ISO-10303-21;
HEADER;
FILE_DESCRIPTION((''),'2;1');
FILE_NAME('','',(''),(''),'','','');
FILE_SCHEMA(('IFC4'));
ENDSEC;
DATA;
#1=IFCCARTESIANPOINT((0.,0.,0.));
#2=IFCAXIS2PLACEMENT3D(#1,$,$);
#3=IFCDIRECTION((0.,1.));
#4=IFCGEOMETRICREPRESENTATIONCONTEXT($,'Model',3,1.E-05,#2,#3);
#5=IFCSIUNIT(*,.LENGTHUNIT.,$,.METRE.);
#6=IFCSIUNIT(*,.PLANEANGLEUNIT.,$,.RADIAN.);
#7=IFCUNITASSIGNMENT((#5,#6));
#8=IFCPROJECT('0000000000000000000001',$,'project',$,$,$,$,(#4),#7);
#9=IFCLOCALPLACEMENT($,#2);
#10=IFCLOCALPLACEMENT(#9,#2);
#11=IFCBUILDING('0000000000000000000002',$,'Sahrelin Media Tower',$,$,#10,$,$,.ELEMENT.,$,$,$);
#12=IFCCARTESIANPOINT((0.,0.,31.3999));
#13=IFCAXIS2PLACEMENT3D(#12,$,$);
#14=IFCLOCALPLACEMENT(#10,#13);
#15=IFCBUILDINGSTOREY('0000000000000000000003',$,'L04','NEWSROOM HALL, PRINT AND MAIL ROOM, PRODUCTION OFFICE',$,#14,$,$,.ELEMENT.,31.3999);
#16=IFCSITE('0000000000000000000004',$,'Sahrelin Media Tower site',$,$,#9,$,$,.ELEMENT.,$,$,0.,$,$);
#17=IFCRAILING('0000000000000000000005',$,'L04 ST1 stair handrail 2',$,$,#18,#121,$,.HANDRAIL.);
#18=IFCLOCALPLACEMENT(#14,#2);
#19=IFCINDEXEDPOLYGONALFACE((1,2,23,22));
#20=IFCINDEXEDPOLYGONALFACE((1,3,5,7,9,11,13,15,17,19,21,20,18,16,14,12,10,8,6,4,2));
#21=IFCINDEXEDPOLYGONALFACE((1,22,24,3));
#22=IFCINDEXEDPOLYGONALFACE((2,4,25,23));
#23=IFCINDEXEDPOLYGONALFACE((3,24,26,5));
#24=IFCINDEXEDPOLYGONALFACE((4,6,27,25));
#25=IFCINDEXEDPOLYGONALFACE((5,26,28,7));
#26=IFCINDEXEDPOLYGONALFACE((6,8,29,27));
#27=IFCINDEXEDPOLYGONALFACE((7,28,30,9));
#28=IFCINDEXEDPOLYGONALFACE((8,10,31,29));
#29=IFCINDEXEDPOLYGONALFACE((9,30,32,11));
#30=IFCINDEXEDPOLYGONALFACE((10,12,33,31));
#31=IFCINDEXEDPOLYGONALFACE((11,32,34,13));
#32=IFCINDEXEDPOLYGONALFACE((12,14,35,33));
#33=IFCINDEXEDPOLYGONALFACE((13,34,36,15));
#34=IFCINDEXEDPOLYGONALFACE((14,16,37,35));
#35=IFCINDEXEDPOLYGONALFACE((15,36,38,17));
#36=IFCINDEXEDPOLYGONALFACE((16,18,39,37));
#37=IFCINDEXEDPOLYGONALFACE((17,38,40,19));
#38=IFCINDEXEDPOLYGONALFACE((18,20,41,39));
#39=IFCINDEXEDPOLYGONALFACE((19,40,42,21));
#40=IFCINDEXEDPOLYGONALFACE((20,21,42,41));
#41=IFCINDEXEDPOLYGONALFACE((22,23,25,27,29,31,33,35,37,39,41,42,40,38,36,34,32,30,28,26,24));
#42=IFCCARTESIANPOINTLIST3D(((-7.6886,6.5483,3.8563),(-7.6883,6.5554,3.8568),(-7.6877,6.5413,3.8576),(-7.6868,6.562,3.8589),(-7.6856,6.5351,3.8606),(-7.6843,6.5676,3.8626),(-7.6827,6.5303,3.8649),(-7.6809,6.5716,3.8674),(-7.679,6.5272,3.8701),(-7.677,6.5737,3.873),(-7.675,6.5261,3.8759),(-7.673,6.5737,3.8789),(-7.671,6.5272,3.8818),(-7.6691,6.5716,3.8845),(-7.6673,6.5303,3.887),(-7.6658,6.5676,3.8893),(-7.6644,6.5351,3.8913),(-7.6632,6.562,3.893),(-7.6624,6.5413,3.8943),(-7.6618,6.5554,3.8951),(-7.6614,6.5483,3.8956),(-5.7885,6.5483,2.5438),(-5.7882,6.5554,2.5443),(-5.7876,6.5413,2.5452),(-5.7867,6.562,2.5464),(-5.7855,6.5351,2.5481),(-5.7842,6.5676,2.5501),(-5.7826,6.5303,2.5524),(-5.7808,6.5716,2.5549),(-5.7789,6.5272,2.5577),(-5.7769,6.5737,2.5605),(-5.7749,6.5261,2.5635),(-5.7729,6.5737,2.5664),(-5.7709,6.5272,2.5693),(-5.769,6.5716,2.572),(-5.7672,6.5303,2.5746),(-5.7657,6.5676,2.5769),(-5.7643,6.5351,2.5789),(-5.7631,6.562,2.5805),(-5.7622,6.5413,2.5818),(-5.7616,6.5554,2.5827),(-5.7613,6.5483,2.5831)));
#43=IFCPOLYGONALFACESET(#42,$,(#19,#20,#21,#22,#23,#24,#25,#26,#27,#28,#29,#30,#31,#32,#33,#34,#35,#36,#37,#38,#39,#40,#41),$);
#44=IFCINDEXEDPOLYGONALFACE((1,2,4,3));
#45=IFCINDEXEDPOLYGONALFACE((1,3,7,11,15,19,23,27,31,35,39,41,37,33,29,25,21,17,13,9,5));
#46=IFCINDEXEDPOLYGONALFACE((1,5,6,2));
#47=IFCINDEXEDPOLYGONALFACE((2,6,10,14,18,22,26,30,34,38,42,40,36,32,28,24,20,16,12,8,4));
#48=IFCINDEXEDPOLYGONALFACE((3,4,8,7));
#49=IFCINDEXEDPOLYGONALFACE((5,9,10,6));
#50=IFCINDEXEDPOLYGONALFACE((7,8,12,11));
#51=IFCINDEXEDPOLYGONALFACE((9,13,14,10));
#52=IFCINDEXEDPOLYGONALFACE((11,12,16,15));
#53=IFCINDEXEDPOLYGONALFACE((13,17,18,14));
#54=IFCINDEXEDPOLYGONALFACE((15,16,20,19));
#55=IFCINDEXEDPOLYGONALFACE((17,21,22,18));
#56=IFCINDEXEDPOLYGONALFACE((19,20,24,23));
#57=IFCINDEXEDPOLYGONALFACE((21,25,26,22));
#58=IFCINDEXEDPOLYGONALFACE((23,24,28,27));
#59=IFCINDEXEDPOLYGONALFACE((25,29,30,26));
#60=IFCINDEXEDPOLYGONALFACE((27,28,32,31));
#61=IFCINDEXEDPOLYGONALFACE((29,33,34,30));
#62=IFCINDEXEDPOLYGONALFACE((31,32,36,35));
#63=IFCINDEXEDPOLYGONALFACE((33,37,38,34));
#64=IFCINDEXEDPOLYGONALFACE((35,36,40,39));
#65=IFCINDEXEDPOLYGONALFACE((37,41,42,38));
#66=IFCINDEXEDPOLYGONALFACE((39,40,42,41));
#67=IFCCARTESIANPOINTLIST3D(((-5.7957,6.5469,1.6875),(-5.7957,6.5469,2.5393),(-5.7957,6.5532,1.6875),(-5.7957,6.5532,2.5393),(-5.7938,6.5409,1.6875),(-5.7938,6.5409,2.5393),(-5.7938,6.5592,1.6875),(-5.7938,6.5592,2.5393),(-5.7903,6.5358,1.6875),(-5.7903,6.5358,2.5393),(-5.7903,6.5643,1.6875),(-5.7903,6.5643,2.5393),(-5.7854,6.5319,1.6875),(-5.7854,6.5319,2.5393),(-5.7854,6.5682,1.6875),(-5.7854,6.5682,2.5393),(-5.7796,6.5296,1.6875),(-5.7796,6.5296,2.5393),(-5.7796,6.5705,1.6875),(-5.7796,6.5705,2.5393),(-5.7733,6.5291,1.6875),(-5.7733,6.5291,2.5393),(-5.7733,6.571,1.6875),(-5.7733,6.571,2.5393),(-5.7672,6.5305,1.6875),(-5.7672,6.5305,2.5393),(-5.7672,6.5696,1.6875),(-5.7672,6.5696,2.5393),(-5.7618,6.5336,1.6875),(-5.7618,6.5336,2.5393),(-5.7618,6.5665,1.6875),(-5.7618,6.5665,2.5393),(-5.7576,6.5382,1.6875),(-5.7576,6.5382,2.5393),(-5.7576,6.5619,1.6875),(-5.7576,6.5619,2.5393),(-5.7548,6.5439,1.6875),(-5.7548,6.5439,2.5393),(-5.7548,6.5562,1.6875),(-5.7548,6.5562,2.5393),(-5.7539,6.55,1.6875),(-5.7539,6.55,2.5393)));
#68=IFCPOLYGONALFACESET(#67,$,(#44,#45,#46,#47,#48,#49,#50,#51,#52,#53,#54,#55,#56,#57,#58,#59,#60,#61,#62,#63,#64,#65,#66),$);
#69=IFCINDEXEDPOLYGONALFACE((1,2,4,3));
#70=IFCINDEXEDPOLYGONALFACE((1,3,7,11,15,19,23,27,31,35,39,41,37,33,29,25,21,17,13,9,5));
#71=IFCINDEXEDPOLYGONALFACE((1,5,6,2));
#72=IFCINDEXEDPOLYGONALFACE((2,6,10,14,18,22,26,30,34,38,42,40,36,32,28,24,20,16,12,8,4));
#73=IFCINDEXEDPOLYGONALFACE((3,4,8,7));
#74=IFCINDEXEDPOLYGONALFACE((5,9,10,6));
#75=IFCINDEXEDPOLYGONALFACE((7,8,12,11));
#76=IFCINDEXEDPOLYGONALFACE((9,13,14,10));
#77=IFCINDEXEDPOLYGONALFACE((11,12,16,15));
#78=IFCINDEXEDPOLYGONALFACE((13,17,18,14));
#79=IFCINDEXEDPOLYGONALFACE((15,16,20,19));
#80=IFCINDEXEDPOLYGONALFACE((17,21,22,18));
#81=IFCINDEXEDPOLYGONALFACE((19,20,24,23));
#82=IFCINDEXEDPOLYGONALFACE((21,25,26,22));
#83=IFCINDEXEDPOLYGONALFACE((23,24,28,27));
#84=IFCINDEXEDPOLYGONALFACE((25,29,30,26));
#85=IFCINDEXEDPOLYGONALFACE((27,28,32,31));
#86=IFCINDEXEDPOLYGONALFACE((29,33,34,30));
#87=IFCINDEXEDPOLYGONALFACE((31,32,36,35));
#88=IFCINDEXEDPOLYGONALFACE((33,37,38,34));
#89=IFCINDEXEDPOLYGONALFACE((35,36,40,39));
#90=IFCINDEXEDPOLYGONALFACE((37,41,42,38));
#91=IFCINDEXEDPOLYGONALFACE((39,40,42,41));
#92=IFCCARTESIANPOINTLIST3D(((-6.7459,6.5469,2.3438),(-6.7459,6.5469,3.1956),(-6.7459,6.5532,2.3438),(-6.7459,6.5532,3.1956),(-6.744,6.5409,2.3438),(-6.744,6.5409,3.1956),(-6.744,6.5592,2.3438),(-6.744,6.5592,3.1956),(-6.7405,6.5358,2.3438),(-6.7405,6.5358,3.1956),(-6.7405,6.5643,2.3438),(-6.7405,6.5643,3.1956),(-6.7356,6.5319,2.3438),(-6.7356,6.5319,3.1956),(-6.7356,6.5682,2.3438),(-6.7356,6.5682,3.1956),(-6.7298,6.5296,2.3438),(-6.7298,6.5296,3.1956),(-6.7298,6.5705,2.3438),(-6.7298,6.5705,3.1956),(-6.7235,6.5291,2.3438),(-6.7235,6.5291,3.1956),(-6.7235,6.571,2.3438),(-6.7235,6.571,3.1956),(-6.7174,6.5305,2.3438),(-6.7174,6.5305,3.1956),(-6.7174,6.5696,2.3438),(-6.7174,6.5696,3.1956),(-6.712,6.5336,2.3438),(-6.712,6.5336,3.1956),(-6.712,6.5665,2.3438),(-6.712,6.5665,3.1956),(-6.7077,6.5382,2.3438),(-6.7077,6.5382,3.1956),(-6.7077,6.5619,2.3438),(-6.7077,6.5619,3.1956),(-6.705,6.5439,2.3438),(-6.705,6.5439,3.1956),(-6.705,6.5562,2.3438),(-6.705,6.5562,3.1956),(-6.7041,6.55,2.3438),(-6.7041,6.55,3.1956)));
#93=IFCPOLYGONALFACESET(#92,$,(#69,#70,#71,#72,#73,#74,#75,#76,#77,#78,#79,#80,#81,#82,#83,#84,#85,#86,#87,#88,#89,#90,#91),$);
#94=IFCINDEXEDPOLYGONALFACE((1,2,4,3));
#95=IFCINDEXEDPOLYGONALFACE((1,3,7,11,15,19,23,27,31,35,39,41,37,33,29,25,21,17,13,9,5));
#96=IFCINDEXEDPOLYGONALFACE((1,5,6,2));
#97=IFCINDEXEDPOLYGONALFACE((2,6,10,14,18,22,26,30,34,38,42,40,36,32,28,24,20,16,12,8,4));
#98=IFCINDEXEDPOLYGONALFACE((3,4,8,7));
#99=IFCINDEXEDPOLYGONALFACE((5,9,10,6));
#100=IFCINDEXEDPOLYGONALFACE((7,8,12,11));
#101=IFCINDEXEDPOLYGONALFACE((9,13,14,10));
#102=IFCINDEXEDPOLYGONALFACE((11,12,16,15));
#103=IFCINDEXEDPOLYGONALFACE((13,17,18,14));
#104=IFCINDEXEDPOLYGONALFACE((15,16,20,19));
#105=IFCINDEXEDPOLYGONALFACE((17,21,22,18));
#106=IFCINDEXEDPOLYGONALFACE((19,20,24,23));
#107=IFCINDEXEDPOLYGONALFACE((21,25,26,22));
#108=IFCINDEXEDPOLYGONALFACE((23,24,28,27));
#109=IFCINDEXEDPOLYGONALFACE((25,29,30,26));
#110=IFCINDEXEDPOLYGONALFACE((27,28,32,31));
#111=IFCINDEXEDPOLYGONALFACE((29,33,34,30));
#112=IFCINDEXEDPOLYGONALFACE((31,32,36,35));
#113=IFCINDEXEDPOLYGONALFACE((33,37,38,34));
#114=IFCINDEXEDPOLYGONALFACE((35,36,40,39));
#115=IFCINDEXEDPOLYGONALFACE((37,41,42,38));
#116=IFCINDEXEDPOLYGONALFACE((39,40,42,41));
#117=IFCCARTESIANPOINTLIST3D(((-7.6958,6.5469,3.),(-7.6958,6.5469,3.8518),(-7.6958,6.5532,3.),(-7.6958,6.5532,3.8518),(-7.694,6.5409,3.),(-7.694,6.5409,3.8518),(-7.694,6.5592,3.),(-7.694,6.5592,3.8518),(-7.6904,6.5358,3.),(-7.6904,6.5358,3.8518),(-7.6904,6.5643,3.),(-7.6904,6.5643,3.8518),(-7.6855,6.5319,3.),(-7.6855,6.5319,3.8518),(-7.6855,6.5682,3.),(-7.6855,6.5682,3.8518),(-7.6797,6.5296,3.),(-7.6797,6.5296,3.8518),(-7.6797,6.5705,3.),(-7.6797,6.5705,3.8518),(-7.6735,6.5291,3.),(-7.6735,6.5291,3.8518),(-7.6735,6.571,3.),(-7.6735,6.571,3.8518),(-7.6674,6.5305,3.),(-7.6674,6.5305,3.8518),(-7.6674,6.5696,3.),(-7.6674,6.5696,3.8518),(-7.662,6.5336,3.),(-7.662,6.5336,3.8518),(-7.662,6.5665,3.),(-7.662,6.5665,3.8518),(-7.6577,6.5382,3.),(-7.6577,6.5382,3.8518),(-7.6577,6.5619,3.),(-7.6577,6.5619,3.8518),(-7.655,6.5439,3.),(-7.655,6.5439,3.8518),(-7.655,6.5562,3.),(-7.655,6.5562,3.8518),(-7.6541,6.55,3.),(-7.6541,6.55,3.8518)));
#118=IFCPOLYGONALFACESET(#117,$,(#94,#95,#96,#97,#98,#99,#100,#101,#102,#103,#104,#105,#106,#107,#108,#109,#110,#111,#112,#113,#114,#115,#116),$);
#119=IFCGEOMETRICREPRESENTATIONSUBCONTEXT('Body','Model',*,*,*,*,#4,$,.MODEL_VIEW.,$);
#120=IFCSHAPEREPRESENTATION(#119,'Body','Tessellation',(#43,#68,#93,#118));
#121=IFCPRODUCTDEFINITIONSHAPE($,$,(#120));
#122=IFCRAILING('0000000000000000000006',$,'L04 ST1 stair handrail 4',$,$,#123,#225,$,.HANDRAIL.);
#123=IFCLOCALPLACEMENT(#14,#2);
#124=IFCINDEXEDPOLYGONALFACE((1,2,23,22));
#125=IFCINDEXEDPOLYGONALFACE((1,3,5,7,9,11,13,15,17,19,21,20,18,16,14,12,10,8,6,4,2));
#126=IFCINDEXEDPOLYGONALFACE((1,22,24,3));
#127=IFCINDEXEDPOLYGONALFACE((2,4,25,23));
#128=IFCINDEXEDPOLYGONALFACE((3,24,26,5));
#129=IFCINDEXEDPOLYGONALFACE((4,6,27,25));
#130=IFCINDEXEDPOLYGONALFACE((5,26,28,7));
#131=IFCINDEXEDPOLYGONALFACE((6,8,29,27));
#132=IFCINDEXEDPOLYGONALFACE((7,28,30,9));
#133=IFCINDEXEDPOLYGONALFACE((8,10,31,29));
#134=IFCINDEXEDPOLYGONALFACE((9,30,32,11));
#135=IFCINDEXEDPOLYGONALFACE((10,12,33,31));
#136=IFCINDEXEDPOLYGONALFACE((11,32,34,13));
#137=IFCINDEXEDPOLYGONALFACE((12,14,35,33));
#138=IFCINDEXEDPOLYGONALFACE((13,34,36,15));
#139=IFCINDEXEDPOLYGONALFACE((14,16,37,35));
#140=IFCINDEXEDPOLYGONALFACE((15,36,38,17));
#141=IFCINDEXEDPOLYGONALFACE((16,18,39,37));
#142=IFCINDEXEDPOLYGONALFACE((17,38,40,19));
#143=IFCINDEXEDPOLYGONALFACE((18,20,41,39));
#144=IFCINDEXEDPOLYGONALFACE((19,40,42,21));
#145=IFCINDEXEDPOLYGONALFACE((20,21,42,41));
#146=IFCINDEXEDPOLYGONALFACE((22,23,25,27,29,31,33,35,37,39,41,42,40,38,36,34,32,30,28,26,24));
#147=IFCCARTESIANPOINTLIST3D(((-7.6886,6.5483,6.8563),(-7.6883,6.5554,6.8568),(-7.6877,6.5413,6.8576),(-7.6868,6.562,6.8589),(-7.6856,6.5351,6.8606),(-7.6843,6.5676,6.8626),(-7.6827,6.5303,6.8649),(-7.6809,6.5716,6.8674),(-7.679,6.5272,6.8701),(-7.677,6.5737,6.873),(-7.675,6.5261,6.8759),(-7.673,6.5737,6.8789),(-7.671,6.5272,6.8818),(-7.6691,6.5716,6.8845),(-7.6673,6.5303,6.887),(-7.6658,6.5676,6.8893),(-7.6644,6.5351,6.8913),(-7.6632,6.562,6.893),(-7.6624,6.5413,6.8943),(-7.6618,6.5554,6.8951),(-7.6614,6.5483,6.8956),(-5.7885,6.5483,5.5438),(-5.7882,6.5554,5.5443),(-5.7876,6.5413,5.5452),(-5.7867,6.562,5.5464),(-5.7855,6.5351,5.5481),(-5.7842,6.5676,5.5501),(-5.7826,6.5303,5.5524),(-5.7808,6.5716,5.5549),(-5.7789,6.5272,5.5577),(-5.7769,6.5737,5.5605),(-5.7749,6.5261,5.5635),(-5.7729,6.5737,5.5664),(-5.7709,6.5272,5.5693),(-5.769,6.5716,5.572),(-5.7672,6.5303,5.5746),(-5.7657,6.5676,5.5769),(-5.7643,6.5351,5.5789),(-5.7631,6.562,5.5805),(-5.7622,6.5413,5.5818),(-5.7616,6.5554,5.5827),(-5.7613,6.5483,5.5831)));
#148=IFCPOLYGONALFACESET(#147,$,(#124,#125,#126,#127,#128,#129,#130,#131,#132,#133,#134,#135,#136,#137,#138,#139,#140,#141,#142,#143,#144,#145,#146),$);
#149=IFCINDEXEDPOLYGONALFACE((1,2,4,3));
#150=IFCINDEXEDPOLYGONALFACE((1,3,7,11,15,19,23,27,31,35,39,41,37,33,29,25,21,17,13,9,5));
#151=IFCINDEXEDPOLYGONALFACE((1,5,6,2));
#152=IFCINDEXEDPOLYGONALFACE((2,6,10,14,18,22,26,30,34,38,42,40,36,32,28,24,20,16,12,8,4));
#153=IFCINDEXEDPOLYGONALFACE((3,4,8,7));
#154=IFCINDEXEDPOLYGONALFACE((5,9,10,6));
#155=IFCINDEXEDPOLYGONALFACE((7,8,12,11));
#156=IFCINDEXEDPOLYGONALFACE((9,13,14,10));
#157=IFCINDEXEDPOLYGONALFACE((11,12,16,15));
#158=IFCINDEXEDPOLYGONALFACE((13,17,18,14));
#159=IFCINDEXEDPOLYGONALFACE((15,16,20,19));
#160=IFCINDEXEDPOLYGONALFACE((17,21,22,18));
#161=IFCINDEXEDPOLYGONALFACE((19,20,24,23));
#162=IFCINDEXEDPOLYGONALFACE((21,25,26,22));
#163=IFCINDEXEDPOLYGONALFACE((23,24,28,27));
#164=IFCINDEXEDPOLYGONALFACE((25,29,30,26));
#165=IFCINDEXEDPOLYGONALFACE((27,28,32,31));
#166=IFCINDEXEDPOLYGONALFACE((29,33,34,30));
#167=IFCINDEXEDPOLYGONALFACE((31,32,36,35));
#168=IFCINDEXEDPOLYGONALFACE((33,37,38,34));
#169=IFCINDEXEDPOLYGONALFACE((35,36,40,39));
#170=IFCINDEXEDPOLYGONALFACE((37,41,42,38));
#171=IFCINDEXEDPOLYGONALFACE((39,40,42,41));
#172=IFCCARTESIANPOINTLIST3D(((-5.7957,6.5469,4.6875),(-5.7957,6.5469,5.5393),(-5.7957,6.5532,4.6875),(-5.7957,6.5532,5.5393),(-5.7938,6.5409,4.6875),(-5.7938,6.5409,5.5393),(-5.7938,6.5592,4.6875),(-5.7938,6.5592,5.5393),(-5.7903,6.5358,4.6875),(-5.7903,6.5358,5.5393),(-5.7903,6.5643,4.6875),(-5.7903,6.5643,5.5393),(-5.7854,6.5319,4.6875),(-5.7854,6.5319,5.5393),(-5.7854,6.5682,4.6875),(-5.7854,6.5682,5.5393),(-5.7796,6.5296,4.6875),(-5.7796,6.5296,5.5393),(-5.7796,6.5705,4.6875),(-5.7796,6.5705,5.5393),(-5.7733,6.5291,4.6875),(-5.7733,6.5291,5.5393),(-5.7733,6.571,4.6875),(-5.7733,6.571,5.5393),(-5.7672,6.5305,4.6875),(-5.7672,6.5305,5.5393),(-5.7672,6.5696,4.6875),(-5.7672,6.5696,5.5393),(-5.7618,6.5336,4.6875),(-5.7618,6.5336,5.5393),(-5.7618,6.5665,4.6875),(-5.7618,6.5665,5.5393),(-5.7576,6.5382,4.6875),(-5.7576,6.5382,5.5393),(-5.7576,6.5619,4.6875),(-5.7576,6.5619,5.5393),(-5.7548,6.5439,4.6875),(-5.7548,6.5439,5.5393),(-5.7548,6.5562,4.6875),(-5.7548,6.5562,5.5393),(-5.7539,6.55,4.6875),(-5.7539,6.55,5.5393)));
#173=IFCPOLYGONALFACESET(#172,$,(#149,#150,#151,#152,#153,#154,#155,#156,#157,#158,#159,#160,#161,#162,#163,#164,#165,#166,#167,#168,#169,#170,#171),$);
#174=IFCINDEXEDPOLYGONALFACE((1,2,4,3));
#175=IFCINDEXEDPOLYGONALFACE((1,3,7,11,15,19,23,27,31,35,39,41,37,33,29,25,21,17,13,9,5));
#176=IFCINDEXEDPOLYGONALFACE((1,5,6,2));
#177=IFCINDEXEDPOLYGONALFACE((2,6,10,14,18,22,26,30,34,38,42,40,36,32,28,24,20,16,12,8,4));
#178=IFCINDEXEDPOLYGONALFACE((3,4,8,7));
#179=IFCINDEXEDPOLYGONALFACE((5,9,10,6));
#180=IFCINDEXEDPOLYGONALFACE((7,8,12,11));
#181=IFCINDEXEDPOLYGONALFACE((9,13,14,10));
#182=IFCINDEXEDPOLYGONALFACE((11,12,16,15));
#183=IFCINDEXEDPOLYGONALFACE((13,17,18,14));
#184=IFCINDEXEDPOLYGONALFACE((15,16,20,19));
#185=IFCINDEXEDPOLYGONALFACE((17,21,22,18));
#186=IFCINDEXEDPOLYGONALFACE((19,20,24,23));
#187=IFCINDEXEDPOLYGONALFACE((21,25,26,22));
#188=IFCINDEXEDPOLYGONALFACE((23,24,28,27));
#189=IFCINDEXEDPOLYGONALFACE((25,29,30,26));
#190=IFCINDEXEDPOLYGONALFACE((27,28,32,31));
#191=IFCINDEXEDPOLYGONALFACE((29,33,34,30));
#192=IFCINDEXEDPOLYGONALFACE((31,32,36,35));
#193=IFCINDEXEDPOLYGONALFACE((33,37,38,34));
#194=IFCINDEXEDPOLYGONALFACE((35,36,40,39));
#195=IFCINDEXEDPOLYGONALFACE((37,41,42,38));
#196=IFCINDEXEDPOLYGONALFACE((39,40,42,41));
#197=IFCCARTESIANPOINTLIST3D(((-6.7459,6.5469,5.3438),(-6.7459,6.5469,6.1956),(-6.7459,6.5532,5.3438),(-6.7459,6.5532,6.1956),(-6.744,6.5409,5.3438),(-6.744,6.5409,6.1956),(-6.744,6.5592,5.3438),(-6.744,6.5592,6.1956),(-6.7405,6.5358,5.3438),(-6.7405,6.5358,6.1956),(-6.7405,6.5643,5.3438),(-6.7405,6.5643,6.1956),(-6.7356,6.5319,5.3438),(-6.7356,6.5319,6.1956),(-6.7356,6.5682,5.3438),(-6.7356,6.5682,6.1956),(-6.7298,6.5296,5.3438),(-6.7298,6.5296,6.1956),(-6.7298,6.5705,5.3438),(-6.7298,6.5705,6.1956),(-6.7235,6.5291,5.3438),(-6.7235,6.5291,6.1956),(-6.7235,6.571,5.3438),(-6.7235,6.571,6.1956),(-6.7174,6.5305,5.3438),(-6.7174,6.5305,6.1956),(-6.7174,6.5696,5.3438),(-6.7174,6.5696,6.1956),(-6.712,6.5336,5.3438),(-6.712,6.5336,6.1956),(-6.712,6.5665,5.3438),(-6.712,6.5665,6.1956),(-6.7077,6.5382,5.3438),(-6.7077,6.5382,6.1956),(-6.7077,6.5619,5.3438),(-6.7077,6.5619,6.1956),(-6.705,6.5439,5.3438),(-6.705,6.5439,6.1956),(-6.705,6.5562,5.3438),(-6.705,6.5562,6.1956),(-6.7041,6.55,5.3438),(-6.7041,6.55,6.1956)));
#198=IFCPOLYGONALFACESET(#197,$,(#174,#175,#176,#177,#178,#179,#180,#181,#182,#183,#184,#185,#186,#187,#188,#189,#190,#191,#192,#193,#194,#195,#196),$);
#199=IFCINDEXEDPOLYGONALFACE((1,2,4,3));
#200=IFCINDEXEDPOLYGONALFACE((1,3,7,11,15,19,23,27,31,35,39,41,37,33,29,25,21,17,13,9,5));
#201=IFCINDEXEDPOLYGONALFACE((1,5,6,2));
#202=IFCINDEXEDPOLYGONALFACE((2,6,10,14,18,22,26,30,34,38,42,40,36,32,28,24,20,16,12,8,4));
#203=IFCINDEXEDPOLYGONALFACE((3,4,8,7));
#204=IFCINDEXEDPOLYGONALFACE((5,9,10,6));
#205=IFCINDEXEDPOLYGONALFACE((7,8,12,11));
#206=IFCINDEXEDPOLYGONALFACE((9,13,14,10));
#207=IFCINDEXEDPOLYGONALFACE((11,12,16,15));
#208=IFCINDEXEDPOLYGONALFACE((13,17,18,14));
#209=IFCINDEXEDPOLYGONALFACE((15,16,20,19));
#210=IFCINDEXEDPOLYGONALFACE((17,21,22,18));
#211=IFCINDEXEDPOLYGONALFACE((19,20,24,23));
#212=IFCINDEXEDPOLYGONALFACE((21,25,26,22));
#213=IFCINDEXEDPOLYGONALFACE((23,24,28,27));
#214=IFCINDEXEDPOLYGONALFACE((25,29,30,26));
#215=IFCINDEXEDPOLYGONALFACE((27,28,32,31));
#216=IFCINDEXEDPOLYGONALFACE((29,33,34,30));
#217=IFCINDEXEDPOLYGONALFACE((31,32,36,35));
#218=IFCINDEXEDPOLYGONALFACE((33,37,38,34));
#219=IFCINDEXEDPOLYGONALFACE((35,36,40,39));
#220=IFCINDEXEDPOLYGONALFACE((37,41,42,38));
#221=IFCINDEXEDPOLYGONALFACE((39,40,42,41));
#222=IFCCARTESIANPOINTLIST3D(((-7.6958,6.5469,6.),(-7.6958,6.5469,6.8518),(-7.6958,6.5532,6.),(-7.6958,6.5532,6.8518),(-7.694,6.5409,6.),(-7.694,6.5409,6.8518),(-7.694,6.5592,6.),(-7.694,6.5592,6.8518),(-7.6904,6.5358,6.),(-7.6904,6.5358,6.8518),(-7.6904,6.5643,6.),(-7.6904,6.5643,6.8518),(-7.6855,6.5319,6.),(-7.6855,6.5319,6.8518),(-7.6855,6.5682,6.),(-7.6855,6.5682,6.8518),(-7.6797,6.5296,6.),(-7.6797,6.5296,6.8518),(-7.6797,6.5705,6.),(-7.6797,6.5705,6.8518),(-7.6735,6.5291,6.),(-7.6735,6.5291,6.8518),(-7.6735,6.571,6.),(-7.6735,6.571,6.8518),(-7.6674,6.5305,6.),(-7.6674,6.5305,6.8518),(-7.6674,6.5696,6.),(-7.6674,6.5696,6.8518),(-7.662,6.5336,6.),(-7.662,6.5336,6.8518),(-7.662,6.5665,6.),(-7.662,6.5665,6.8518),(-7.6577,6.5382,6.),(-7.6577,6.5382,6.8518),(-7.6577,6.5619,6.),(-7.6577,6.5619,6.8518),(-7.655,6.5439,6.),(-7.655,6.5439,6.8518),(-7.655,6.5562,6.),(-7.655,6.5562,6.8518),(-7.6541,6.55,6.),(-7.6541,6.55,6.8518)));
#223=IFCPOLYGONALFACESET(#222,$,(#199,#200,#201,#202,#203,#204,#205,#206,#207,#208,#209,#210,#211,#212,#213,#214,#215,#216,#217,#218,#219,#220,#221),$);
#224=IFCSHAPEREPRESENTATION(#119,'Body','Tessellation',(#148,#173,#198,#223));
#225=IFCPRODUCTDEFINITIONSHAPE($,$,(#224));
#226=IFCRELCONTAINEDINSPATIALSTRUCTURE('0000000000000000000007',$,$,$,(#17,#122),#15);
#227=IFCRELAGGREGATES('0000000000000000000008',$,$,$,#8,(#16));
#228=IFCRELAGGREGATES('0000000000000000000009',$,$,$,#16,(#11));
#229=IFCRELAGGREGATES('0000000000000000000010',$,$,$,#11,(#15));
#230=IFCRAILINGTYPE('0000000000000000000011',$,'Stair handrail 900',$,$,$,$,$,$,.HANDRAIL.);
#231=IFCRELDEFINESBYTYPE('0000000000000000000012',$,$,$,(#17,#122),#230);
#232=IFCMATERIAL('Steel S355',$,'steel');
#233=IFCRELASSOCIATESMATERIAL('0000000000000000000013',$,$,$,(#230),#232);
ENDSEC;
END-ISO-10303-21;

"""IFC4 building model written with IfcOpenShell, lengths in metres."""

from ifc_helpers import new_model, si_unit, direction, frame, origin, origin_2d, place, context, subcontext, project, spatial, circle, extrude, material, type_object, element, save


model = new_model("IFC4")

# Units and contexts
model_context = context("Model", 3, precision=1e-05, world=origin(), true_north=direction((0.0, 1.0)))
body_context = subcontext(model_context, "Body", "Model", "MODEL_VIEW")
ifc_project = project(units=[si_unit("LENGTHUNIT", "METRE"), si_unit("PLANEANGLEUNIT", "RADIAN")], contexts=[model_context])

# Site, building, storey
site_placement = place(None, origin())
site = spatial("IfcSite", under=ifc_project, at=site_placement, Name="Sahrelin Media Tower site", CompositionType="ELEMENT", RefElevation=0.0)
building_placement = place(site_placement, origin())
building = spatial("IfcBuilding", under=site, at=building_placement, Name="Sahrelin Media Tower", CompositionType="ELEMENT")
storey_placement = place(building_placement, frame((0.0, 0.0, 31.3999)))
storey = spatial("IfcBuildingStorey", under=building, at=storey_placement, Name="L04", Description="NEWSROOM HALL, PRINT AND MAIL ROOM, PRODUCTION OFFICE", CompositionType="ELEMENT", Elevation=31.3999)

# Shared definitions
ifc_material_1 = material(Name="Steel S355", Category="steel")

# Railings
railing_type_1 = type_object("IfcRailingType", Name="Stair handrail 900", PredefinedType="HANDRAIL", material=ifc_material_1)
for number, where, name in (
    (1, (-5.7749, 6.55, 1.6875), "L04 ST1 stair handrail 2"),
    (2, (-5.7749, 6.55, 4.6875), "L04 ST1 stair handrail 4"),
):
    element("IfcRailing", number, at=place(storey_placement, frame(where)), inside=storey, type_object=railing_type_1, Name=name, PredefinedType="HANDRAIL", context=body_context, shape_type="SweptSolid", body=[
        extrude(circle(Radius=0.0239, at=origin_2d()), frame((0.0, 0.0, 0.876), z_axis=(-0.822797, 0.0, 0.568336), x_axis=(0.0, -1.0, 0.0)), (0.0, 0.0, 1.0), 2.3093),
        extrude(circle(Radius=0.021, at=origin_2d()), origin(), (0.0, 0.0, 1.0), 0.8518),
        extrude(circle(Radius=0.021, at=origin_2d()), frame((-0.9502, 0.0, 0.6562)), (0.0, 0.0, 1.0), 0.8518),
        extrude(circle(Radius=0.021, at=origin_2d()), frame((-1.9001, 0.0, 1.3125)), (0.0, 0.0, 1.0), 0.8518),
    ])

save(model, "model.ifc")
